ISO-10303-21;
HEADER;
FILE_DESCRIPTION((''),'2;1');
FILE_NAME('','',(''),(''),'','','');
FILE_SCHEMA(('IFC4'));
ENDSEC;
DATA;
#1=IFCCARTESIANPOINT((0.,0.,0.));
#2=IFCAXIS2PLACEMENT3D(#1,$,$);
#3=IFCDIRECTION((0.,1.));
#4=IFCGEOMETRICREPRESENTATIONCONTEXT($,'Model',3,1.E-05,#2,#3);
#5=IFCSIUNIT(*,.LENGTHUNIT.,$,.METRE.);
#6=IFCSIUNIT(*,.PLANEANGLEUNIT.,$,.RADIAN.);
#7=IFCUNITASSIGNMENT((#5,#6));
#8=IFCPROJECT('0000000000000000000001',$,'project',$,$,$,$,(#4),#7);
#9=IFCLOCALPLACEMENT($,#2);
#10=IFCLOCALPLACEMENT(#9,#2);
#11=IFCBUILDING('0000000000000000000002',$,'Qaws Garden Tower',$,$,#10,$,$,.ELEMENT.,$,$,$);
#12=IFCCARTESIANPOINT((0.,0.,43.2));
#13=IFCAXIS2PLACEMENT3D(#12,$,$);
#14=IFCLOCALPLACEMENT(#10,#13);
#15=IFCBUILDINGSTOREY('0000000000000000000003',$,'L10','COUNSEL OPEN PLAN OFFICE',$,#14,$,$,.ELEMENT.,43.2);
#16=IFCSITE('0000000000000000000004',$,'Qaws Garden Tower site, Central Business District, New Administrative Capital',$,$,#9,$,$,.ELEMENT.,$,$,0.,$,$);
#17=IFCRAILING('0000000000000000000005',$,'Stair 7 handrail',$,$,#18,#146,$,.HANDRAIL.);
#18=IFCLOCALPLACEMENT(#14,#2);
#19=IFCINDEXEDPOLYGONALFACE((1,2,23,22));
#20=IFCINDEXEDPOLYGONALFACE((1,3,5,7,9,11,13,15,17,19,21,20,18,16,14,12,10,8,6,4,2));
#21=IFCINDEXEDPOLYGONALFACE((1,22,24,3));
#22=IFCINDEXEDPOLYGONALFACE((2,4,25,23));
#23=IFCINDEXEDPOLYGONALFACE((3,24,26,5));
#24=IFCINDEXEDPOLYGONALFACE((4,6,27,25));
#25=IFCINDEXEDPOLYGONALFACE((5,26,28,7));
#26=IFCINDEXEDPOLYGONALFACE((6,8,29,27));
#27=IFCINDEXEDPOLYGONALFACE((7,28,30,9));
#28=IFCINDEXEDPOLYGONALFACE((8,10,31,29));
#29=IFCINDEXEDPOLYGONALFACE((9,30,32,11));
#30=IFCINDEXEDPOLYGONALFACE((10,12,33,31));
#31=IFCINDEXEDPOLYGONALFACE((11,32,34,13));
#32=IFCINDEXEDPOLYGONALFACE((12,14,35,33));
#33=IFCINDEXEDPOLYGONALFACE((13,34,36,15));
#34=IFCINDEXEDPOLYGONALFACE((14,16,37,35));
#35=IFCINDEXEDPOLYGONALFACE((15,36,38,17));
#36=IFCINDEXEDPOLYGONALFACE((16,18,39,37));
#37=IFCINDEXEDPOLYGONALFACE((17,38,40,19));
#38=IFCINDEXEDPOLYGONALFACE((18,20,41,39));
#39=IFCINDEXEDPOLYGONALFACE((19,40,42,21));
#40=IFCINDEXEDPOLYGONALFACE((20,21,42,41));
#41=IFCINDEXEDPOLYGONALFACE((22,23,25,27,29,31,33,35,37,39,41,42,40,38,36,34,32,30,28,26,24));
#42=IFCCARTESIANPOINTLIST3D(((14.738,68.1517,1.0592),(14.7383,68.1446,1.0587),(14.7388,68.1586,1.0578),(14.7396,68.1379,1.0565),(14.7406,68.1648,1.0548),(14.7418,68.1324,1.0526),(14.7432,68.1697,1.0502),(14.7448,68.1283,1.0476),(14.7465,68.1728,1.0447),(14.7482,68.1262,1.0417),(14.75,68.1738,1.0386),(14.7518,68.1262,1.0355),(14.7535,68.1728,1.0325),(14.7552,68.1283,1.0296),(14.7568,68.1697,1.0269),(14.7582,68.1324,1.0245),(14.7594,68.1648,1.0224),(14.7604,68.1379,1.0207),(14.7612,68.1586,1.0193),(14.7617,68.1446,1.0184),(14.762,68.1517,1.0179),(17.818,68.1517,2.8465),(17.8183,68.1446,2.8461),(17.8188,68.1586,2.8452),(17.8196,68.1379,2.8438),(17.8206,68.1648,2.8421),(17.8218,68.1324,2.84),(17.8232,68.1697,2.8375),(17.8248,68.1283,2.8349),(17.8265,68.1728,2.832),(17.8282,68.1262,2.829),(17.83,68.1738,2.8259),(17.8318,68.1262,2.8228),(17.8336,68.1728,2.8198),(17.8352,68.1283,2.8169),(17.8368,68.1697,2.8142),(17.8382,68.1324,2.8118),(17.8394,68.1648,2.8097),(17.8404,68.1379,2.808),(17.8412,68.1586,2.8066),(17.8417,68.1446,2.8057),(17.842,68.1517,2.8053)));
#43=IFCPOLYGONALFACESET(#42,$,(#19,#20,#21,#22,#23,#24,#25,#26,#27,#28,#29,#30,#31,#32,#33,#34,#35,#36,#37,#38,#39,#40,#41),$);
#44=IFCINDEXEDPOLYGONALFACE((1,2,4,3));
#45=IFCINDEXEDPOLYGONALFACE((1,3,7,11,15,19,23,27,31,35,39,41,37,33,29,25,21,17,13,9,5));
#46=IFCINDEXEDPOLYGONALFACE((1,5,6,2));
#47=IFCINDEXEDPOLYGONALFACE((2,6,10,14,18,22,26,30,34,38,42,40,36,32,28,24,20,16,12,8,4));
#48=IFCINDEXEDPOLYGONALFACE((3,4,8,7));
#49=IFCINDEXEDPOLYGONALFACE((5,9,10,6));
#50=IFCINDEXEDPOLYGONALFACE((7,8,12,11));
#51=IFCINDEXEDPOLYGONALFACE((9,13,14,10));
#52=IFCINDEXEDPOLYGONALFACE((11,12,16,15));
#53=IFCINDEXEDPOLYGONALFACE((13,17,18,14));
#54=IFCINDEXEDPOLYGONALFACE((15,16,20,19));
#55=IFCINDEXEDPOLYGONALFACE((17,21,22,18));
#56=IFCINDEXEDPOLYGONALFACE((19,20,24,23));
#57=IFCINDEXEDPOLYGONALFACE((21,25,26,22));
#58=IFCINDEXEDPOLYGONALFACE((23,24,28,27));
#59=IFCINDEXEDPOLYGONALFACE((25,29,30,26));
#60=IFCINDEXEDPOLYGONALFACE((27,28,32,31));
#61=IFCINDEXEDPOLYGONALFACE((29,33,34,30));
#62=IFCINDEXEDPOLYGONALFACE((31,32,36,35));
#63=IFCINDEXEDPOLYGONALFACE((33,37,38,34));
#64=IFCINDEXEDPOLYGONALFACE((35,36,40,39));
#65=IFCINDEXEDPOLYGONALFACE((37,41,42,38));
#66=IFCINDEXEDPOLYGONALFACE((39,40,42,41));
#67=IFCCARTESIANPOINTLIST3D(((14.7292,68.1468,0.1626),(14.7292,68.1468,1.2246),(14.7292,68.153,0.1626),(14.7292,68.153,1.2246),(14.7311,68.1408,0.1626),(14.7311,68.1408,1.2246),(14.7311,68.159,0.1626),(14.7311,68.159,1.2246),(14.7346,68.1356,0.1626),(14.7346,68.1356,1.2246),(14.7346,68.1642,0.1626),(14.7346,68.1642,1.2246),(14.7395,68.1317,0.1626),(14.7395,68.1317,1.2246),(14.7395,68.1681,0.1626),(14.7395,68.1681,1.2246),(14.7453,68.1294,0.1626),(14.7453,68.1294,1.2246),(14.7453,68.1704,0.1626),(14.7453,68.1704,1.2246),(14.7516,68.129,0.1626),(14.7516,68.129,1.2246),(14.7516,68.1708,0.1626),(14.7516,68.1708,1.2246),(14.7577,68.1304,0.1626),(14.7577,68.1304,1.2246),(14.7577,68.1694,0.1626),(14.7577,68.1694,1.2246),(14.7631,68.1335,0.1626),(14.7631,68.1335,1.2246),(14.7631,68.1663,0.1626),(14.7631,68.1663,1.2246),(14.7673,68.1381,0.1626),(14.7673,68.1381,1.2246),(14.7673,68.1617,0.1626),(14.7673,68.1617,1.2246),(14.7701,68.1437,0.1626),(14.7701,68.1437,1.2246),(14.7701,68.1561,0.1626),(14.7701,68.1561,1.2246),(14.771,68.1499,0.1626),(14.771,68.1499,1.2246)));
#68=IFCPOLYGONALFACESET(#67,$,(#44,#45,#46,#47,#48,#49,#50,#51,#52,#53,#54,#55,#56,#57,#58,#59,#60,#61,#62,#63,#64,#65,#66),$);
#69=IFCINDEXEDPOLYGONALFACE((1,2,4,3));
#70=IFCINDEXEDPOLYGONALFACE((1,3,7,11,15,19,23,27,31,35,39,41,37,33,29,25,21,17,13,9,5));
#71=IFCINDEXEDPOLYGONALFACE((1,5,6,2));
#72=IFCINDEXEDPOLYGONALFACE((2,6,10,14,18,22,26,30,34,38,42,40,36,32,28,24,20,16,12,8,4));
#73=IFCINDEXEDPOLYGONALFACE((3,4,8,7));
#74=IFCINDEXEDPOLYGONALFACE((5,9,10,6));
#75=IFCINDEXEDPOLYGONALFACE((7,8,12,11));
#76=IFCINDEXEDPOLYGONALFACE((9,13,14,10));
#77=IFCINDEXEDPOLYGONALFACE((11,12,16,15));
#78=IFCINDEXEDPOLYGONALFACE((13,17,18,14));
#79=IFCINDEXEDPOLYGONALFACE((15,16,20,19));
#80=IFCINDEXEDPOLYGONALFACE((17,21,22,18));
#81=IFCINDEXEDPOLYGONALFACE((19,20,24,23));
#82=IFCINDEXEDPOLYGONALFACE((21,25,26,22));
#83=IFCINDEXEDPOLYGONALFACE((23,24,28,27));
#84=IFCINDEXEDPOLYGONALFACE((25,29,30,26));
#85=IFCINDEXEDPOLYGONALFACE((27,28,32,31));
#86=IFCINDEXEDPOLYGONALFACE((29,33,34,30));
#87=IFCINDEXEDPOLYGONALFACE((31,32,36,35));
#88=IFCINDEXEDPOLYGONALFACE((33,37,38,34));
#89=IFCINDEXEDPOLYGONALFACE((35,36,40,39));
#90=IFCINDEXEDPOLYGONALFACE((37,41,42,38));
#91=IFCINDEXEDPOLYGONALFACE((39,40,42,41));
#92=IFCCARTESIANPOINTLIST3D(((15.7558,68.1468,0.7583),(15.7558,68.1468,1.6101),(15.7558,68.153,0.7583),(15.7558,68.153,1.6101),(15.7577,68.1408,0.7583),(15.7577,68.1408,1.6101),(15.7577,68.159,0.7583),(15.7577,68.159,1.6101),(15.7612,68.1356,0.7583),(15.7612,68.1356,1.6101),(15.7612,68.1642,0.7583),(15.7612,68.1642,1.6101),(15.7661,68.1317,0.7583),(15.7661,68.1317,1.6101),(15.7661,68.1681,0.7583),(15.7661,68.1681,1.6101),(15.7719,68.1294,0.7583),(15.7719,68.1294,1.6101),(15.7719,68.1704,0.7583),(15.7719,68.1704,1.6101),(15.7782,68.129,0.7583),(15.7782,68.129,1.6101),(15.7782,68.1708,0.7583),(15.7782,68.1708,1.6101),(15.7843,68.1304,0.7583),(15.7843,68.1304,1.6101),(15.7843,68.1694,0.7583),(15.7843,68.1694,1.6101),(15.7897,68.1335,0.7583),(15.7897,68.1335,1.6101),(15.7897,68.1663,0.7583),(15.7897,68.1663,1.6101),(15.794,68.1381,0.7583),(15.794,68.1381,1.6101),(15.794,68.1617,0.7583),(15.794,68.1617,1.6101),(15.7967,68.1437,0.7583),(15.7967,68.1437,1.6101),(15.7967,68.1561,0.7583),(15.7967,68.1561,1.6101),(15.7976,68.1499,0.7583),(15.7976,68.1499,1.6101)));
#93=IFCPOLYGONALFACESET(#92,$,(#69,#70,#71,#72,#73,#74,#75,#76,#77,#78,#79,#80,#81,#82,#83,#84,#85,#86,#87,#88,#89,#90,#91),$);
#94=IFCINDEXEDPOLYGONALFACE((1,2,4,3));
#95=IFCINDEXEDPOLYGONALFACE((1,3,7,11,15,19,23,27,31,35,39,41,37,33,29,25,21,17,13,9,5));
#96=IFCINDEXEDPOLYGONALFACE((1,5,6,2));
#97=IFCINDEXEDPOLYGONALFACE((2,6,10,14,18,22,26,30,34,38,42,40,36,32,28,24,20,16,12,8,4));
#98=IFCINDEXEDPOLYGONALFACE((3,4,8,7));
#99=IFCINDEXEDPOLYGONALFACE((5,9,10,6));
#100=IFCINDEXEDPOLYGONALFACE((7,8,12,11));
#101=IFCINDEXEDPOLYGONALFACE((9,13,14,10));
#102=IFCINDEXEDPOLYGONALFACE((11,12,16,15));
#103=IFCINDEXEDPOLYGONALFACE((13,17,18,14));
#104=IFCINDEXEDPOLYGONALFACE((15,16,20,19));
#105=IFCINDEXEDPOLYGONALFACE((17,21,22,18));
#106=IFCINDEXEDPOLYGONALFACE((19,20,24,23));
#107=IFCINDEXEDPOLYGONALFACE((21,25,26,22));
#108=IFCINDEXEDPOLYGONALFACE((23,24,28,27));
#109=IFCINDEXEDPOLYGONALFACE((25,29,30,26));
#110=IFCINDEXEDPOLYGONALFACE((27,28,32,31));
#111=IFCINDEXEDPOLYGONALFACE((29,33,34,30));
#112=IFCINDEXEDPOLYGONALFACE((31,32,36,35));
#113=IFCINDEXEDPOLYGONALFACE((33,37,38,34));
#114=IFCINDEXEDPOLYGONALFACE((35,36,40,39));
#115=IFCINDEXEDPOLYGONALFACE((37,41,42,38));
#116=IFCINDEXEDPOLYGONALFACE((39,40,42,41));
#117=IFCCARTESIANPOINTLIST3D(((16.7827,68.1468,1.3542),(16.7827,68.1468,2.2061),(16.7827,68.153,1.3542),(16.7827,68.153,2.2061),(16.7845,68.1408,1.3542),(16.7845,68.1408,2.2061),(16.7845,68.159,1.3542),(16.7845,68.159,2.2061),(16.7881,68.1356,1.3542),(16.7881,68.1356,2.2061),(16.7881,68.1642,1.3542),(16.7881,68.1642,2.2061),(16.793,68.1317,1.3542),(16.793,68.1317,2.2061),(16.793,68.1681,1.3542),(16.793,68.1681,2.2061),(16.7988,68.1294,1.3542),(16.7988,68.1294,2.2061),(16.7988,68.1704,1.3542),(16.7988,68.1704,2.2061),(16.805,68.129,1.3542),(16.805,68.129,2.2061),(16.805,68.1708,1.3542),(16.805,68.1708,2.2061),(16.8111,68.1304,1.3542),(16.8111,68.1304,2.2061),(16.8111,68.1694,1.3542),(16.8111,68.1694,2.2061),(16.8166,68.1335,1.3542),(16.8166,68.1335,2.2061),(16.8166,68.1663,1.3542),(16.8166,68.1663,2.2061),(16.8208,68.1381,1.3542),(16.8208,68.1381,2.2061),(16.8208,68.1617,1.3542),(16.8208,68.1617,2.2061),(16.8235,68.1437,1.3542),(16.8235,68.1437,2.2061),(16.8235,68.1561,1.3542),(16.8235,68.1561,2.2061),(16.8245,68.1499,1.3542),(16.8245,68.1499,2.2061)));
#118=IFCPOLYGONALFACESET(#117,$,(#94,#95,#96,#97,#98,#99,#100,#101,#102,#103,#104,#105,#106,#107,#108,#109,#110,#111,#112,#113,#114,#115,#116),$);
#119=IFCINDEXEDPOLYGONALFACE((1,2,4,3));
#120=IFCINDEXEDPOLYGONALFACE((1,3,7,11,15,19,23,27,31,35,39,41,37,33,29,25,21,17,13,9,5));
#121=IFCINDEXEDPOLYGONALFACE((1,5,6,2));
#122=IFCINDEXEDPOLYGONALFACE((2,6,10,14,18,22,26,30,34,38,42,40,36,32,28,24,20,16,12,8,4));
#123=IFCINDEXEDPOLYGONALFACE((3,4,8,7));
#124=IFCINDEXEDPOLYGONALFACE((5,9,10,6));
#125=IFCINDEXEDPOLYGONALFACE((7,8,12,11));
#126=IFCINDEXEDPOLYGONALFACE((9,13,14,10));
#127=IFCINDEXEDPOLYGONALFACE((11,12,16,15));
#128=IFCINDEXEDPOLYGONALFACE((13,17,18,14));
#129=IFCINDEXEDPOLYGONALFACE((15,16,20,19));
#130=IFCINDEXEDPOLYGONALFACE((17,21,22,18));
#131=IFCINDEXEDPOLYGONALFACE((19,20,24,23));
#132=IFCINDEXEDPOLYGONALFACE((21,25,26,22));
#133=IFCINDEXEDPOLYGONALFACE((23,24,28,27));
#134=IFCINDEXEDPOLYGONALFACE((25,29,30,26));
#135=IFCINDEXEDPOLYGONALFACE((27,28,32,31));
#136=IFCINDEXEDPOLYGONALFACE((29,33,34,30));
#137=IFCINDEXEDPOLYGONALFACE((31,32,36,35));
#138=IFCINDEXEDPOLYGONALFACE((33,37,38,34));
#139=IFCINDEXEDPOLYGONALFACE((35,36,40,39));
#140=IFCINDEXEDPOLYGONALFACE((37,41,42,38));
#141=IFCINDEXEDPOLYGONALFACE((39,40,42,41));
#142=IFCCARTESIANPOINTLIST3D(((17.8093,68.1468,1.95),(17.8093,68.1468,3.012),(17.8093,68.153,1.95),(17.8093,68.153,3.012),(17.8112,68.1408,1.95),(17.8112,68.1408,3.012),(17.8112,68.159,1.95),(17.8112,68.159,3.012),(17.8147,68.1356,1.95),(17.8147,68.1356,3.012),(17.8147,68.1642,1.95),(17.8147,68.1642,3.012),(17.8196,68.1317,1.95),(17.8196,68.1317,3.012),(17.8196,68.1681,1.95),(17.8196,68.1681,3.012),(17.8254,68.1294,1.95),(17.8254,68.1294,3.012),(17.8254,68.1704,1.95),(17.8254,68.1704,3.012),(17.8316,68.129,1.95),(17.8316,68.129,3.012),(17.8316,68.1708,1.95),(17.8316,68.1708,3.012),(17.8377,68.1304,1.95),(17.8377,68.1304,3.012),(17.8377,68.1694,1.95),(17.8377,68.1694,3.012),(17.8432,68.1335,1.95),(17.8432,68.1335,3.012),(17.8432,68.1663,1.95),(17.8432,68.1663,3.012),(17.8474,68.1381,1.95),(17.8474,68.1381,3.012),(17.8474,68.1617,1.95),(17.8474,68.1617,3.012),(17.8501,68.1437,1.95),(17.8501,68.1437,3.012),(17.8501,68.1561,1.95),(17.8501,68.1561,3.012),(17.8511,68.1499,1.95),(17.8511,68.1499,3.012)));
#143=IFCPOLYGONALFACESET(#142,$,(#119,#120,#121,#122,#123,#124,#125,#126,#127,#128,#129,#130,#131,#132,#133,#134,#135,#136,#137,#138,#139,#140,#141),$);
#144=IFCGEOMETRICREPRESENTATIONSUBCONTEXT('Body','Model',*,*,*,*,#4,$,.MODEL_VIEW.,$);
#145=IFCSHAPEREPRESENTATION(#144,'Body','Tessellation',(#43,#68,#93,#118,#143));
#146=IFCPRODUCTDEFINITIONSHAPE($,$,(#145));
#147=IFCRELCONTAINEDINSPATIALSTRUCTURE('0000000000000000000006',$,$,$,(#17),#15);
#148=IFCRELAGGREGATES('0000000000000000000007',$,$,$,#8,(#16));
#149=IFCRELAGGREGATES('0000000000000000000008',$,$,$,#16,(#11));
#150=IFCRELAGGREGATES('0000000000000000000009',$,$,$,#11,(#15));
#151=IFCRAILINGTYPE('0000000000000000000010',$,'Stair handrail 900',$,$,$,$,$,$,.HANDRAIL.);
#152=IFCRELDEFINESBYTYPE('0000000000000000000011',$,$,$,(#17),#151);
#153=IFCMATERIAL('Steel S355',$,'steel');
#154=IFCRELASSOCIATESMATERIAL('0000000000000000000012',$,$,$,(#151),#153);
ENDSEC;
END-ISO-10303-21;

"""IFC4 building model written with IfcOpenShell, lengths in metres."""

from ifc_helpers import new_model, si_unit, direction, frame, origin, origin_2d, place, context, subcontext, project, spatial, circle, extrude, material, type_object, element, save


model = new_model("IFC4")

# Units and contexts
model_context = context("Model", 3, precision=1e-05, world=origin(), true_north=direction((0.0, 1.0)))
body_context = subcontext(model_context, "Body", "Model", "MODEL_VIEW")
ifc_project = project(units=[si_unit("LENGTHUNIT", "METRE"), si_unit("PLANEANGLEUNIT", "RADIAN")], contexts=[model_context])

# Site, building, storey
site_placement = place(None, origin())
site = spatial("IfcSite", under=ifc_project, at=site_placement, Name="Qaws Garden Tower site, Central Business District, New Administrative Capital", CompositionType="ELEMENT", RefElevation=0.0)
building_placement = place(site_placement, origin())
building = spatial("IfcBuilding", under=site, at=building_placement, Name="Qaws Garden Tower", CompositionType="ELEMENT")
storey_placement = place(building_placement, frame((0.0, 0.0, 43.2)))
storey = spatial("IfcBuildingStorey", under=building, at=storey_placement, Name="L10", Description="COUNSEL OPEN PLAN OFFICE", CompositionType="ELEMENT", Elevation=43.2)

# Railing
ifc_material_1 = material(Name="Steel S355", Category="steel")
railing_type = type_object("IfcRailingType", Name="Stair handrail 900", PredefinedType="HANDRAIL", material=ifc_material_1)
railing_1_placement = place(storey_placement, frame((14.75, 68.1499, 0.1626)))
element("IfcRailing", 1, at=railing_1_placement, inside=storey, type_object=railing_type, Name="Stair 7 handrail", PredefinedType="HANDRAIL", context=body_context, shape_type="SweptSolid", body=[
    extrude(circle(Radius=0.0239, at=origin_2d()), frame((0.0, 0.0, 0.876), z_axis=(0.86492, 0.0, 0.501909), x_axis=(0.0, 1.0, 0.0)), (0.0, 0.0, 1.0), 3.561),
    extrude(circle(Radius=0.021, at=origin_2d()), origin(), (0.0, 0.0, 1.0), 1.062),
    extrude(circle(Radius=0.021, at=origin_2d()), frame((1.0266, 0.0, 0.5957)), (0.0, 0.0, 1.0), 0.8518),
    extrude(circle(Radius=0.021, at=origin_2d()), frame((2.0535, 0.0, 1.1917)), (0.0, 0.0, 1.0), 0.8518),
    extrude(circle(Radius=0.021, at=origin_2d()), frame((3.0801, 0.0, 1.7874)), (0.0, 0.0, 1.0), 1.062),
])

save(model, "model.ifc")
